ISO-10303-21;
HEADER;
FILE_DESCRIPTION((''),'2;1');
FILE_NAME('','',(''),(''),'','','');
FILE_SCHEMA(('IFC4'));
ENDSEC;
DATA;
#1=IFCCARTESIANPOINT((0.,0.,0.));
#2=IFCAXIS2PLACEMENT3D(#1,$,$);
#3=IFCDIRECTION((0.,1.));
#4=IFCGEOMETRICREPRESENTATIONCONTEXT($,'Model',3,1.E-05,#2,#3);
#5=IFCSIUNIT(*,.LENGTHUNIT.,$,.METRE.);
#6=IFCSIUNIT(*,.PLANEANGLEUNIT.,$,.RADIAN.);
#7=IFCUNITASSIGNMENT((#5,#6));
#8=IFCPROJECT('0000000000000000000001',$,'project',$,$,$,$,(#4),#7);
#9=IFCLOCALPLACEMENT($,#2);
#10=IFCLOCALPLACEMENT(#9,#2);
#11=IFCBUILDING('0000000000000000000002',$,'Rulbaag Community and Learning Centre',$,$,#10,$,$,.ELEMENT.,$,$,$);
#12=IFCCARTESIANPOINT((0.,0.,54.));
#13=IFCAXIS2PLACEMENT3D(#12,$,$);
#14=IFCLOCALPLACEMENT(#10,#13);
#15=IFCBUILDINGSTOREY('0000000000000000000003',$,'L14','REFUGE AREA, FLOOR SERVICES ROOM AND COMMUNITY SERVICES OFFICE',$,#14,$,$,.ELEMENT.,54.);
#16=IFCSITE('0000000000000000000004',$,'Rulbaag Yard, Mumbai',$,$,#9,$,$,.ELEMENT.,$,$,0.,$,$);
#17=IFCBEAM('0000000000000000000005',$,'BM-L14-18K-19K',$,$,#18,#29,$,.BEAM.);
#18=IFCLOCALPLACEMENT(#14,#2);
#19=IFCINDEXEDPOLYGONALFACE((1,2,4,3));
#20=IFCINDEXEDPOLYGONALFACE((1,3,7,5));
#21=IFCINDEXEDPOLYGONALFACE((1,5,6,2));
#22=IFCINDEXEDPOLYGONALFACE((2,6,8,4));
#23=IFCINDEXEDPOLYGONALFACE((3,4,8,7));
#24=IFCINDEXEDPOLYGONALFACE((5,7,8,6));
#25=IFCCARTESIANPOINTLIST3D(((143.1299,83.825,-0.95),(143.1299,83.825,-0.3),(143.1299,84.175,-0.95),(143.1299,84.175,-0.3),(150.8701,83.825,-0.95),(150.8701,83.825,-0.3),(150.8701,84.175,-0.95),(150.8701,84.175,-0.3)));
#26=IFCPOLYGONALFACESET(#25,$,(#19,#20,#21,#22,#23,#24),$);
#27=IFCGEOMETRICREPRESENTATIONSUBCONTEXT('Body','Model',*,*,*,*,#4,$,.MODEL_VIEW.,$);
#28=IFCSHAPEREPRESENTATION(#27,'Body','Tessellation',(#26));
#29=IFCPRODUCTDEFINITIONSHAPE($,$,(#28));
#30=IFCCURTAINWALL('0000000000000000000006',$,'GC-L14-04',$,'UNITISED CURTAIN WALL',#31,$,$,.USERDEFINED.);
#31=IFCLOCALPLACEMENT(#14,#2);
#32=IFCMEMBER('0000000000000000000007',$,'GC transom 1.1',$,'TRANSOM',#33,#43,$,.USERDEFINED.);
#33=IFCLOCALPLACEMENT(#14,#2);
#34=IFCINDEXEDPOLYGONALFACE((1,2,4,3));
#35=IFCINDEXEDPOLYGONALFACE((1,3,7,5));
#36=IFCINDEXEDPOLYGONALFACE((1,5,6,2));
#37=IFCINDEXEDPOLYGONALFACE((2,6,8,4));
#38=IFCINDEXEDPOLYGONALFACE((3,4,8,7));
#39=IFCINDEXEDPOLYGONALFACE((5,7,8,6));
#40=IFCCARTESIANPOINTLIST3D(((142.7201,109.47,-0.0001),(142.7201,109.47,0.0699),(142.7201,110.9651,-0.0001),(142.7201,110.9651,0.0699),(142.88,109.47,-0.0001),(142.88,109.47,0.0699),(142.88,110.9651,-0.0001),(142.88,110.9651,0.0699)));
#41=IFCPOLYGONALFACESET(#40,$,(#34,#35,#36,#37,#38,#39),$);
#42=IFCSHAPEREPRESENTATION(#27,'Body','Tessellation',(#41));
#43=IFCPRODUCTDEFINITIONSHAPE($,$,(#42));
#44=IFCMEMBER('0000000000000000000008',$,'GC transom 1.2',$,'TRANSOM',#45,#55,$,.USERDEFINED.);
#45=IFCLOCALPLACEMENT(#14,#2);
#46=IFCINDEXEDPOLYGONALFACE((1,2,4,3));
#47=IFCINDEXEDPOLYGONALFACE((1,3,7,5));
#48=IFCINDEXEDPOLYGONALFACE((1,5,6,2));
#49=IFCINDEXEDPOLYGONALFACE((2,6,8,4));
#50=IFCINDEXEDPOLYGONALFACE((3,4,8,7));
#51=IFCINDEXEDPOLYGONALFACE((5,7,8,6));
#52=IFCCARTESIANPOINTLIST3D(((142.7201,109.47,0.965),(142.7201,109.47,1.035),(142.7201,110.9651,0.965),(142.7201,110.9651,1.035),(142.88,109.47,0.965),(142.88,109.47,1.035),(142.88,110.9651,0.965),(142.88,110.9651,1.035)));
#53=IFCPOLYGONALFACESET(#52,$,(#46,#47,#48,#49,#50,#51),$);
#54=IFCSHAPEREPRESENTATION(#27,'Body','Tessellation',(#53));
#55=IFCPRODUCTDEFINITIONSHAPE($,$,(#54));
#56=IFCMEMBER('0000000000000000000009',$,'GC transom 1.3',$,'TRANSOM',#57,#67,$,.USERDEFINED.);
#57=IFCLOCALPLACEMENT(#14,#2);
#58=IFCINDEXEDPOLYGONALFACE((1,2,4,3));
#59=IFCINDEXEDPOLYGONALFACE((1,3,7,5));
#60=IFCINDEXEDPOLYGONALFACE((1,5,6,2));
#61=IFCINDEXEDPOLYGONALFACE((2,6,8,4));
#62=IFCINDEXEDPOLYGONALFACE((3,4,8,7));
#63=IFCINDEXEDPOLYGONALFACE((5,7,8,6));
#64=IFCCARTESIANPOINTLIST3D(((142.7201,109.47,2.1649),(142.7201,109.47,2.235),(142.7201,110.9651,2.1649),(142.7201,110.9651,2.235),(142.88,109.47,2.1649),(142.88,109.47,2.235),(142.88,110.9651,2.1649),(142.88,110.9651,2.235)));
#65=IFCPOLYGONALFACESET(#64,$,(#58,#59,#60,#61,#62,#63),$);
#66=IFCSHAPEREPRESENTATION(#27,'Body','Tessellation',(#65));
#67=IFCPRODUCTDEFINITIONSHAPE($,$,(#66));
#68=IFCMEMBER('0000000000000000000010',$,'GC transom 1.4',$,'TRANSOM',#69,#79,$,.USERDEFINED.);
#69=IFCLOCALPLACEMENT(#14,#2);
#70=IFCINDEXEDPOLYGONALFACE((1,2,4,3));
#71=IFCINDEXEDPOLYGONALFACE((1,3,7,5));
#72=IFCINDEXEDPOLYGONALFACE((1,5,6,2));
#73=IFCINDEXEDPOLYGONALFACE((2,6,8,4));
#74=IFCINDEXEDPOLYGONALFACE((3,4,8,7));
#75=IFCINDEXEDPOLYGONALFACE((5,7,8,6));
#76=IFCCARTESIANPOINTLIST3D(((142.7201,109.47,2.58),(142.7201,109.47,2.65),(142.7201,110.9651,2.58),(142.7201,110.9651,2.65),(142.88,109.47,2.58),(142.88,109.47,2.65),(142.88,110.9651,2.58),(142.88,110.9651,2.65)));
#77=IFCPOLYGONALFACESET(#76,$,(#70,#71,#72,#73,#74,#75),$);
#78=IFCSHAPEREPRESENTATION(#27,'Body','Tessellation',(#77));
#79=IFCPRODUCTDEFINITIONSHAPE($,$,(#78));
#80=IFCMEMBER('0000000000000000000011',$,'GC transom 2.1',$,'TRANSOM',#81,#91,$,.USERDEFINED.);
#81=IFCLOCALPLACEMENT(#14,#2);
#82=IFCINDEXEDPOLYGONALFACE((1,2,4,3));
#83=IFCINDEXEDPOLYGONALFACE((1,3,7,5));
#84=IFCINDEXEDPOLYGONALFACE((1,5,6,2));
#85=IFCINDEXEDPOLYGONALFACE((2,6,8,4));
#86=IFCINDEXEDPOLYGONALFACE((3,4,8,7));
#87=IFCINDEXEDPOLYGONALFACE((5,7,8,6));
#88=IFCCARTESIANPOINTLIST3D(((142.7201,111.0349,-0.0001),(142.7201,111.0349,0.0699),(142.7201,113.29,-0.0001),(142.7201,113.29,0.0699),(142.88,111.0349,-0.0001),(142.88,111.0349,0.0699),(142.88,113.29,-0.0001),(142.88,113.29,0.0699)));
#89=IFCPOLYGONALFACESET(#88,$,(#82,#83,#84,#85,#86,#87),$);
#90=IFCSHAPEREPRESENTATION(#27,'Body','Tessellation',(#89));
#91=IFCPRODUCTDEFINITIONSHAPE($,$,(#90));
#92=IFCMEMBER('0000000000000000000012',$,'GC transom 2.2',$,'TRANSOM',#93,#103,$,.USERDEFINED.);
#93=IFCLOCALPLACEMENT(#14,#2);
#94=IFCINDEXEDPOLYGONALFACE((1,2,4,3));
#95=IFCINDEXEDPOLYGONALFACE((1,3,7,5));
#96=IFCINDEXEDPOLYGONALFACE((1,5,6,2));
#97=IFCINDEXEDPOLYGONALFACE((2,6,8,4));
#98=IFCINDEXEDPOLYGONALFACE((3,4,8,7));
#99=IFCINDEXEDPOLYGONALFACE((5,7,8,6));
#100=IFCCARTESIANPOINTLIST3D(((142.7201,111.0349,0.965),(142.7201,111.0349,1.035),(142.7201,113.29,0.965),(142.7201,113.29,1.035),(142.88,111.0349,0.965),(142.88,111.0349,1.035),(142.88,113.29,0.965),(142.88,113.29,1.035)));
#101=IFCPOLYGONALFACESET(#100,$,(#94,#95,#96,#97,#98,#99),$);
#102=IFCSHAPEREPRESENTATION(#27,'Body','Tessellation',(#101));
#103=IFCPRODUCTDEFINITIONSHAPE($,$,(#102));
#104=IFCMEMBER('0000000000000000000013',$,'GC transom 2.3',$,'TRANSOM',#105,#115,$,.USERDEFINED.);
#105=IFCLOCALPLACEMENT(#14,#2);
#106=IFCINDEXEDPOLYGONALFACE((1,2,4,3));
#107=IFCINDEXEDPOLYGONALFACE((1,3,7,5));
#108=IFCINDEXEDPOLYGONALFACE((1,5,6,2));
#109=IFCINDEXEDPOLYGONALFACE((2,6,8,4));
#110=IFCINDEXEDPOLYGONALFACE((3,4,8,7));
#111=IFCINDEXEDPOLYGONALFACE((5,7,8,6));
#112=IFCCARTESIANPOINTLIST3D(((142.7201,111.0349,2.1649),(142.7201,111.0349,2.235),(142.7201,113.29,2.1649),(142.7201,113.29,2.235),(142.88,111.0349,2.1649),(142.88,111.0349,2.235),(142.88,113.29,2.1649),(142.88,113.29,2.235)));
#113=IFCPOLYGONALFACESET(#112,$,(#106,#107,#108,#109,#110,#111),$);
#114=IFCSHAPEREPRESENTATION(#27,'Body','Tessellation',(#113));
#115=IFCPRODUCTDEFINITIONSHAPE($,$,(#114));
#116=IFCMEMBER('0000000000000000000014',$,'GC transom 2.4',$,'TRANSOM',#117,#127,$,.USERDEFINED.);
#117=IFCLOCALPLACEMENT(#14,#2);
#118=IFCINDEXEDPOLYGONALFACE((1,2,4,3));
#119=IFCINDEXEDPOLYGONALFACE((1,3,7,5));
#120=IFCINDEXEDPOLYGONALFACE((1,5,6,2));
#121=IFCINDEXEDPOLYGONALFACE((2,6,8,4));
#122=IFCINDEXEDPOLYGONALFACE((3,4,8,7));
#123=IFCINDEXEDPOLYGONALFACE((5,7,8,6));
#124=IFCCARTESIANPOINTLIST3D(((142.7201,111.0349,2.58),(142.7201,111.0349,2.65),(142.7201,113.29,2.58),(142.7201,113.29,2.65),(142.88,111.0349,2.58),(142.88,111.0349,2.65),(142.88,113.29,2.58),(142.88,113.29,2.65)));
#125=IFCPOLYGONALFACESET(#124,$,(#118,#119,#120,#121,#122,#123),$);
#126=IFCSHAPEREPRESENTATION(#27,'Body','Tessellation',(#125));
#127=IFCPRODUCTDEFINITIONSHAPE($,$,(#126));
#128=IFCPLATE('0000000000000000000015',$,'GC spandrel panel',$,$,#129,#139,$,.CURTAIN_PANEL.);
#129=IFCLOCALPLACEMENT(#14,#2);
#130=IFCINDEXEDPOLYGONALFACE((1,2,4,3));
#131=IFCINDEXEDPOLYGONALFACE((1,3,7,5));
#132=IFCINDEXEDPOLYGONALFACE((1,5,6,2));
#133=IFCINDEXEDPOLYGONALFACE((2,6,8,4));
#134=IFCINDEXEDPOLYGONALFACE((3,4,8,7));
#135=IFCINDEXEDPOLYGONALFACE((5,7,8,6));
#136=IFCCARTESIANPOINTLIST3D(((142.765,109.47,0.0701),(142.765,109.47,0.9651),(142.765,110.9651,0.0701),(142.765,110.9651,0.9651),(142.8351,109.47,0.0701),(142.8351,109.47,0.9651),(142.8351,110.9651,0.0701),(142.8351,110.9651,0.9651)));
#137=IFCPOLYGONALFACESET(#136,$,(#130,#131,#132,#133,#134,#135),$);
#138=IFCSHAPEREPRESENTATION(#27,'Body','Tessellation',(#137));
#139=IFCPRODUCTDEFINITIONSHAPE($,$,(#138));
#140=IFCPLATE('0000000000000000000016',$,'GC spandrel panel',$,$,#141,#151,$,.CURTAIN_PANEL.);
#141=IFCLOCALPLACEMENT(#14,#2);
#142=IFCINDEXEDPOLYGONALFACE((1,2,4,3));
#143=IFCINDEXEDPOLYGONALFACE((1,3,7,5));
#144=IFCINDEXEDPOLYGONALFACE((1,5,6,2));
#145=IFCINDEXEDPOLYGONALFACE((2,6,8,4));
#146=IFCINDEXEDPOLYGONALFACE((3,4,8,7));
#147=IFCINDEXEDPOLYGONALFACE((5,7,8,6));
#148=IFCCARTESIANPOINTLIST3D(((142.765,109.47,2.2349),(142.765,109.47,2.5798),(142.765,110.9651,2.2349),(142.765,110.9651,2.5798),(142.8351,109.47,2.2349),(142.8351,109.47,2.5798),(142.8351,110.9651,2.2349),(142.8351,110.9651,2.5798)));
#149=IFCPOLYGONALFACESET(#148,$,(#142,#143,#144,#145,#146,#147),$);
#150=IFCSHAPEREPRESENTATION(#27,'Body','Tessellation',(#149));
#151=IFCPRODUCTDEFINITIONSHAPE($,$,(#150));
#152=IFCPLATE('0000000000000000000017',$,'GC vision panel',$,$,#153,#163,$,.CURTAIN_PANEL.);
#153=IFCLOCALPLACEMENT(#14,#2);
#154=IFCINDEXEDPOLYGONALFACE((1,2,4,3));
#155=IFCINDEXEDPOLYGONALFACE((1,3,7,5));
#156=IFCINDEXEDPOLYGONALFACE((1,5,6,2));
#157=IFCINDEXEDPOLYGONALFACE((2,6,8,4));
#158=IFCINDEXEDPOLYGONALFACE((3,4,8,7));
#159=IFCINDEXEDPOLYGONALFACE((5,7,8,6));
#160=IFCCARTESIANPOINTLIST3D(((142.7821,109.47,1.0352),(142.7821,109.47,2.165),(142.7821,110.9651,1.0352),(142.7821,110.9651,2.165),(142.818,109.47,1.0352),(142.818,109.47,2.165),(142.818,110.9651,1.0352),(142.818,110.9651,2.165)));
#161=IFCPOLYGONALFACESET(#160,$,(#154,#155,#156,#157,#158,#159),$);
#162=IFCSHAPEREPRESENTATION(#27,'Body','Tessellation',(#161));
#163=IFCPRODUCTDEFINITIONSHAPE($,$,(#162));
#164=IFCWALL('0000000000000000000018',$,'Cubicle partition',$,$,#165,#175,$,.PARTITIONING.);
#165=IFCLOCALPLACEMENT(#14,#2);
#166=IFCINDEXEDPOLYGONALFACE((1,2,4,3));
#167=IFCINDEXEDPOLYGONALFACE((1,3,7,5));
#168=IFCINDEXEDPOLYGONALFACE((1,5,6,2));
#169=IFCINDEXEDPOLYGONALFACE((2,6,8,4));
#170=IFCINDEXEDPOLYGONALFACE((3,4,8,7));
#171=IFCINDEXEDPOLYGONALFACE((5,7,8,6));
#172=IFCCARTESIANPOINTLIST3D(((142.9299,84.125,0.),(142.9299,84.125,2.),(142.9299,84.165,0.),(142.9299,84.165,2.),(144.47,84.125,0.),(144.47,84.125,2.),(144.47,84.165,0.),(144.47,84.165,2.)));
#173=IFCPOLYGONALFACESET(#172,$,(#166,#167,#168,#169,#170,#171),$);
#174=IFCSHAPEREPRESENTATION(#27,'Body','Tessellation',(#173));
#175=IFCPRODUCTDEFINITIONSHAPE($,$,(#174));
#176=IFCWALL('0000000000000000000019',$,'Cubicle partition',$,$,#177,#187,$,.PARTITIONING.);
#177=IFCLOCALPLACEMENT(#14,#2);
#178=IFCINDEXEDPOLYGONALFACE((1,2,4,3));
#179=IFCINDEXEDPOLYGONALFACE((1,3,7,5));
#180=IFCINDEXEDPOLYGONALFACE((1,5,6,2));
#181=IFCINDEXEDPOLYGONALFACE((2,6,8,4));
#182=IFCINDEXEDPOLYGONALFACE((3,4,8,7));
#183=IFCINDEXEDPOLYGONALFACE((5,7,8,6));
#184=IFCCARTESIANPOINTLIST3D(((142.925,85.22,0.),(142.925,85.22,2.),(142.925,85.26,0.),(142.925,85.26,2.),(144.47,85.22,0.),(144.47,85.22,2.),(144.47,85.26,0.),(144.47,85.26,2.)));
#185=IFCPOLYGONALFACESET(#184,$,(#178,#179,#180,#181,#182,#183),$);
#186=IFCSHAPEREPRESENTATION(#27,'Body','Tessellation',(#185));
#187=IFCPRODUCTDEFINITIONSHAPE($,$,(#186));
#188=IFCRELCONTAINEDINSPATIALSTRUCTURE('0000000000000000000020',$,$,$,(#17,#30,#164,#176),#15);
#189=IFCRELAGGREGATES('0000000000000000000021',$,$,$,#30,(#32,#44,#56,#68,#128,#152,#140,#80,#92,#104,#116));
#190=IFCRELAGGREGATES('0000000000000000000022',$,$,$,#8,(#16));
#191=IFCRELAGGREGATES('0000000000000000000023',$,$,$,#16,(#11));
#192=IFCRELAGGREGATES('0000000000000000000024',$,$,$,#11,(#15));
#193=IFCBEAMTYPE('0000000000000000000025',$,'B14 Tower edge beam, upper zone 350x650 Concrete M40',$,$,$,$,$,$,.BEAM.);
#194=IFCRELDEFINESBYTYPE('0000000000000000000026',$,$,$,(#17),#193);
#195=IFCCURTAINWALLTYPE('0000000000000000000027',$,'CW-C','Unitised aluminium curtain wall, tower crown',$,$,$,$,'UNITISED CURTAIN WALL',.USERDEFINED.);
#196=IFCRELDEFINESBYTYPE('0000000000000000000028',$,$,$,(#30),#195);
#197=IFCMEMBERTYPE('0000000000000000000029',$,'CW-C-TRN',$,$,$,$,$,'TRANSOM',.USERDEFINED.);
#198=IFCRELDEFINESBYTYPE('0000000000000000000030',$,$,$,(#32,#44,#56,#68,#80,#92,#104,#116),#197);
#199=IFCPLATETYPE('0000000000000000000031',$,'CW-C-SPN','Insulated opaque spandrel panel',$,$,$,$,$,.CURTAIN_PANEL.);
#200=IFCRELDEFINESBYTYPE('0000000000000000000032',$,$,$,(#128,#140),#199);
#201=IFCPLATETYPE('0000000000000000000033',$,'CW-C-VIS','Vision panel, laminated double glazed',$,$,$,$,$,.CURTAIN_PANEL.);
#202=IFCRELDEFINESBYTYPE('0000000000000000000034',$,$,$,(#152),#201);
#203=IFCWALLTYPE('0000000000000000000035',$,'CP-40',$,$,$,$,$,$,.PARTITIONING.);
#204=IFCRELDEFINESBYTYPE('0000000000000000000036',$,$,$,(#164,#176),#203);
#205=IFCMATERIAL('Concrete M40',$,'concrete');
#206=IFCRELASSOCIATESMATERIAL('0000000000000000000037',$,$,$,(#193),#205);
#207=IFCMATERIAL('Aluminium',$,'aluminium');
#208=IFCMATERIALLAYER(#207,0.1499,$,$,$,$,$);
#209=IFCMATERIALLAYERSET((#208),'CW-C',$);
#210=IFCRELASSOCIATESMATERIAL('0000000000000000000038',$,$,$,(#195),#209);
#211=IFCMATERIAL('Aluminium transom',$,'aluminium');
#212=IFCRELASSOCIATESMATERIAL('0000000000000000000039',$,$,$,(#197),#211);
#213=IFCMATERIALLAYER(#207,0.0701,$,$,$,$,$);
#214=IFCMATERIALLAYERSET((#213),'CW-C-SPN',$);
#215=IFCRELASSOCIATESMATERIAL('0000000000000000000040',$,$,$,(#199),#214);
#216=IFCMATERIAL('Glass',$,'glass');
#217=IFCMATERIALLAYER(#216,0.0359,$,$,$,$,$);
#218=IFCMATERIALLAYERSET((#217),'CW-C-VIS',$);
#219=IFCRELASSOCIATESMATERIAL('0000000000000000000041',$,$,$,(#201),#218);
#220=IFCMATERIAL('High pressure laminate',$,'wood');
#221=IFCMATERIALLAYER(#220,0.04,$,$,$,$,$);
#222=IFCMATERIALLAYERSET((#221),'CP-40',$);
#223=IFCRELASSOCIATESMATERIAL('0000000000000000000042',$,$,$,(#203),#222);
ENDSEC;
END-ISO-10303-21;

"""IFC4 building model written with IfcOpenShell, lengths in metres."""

from ifc_helpers import new_model, si_unit, direction, frame, frame_2d, origin, origin_2d, place, context, subcontext, project, spatial, rectangle, extrude, material, layer, layer_set, material_profile, profile_set, type_object, element, aggregate, save


model = new_model("IFC4")

# Units and contexts
model_context = context("Model", 3, precision=1e-05, world=origin(), true_north=direction((0.0, 1.0)))
body_context = subcontext(model_context, "Body", "Model", "MODEL_VIEW")
ifc_project = project(units=[si_unit("LENGTHUNIT", "METRE"), si_unit("PLANEANGLEUNIT", "RADIAN")], contexts=[model_context])

# Site, building, storey
site_placement = place(None, origin())
site = spatial("IfcSite", under=ifc_project, at=site_placement, Name="Rulbaag Yard, Mumbai", CompositionType="ELEMENT", RefElevation=0.0)
building_placement = place(site_placement, origin())
building = spatial("IfcBuilding", under=site, at=building_placement, Name="Rulbaag Community and Learning Centre", CompositionType="ELEMENT")
storey_placement = place(building_placement, frame((0.0, 0.0, 54.0)))
storey = spatial("IfcBuildingStorey", under=building, at=storey_placement, Name="L14", Description="REFUGE AREA, FLOOR SERVICES ROOM AND COMMUNITY SERVICES OFFICE", CompositionType="ELEMENT", Elevation=54.0)

# Beam
ifc_material_1 = material(Name="Concrete M40", Category="concrete")
ifc_material_profile_1 = material_profile(ifc_material_1, rectangle(XDim=0.3501, YDim=0.6499, at=origin_2d()), Name="RB350x650")
ifc_profile_set_1 = profile_set([ifc_material_profile_1], Name="Concrete M40")
beam_type = type_object("IfcBeamType", Name="B14 Tower edge beam, upper zone 350x650 Concrete M40", PredefinedType="BEAM", material=ifc_profile_set_1)
beam_placement = place(storey_placement, frame((143.1299, 84.0, -0.625), z_axis=(1.0, 0.0, 0.0), x_axis=(0.0, 1.0, 0.0)))
element("IfcBeam", 1, at=beam_placement, inside=storey, type_object=beam_type, Name="BM-L14-18K-19K", PredefinedType="BEAM", context=body_context, shape_type="SweptSolid", body=[
    extrude(rectangle(XDim=0.3501, YDim=0.6499, at=origin_2d()), origin(), (0.0, 0.0, 1.0), 7.7402),
])

# Curtain wall, members, plates
ifc_material_2 = material(Name="Aluminium", Category="aluminium")
ifc_layer_1 = layer(ifc_material_2, 0.1499)
ifc_layer_set_1 = layer_set([ifc_layer_1], Name="CW-C")
curtain_wall_type = type_object("IfcCurtainWallType", Name="CW-C", Description="Unitised aluminium curtain wall, tower crown", ElementType="UNITISED CURTAIN WALL", PredefinedType="USERDEFINED", material=ifc_layer_set_1)
curtain_wall_placement = place(storey_placement, origin())
curtain_wall = element("IfcCurtainWall", 2, at=curtain_wall_placement, inside=storey, type_object=curtain_wall_type, Name="GC-L14-04", ObjectType="UNITISED CURTAIN WALL", PredefinedType="USERDEFINED")
ifc_material_3 = material(Name="Aluminium transom", Category="aluminium")
ifc_material_profile_2 = material_profile(ifc_material_3, rectangle(XDim=0.1599, YDim=0.0701, at=origin_2d()), Name="AL 70x160 T")
ifc_profile_set_2 = profile_set([ifc_material_profile_2], Name="Aluminium transom")
member_type = type_object("IfcMemberType", Name="CW-C-TRN", ElementType="TRANSOM", PredefinedType="USERDEFINED", material=ifc_profile_set_2)
member_1_placement = place(storey_placement, frame((142.8, 109.47, 0.0349), z_axis=(0.0, 1.0, 0.0), x_axis=(-1.0, 0.0, 0.0)))
member_1 = element("IfcMember", 3, at=member_1_placement, type_object=member_type, Name="GC transom 1.1", ObjectType="TRANSOM", PredefinedType="USERDEFINED", context=body_context, shape_type="SweptSolid", body=[
    extrude(rectangle(XDim=0.1599, YDim=0.0701, at=origin_2d()), origin(), (0.0, 0.0, 1.0), 1.4951),
])
member_2_placement = place(storey_placement, frame((142.8, 109.47, 1.0), z_axis=(0.0, 1.0, 0.0), x_axis=(-1.0, 0.0, 0.0)))
member_2 = element("IfcMember", 4, at=member_2_placement, type_object=member_type, Name="GC transom 1.2", ObjectType="TRANSOM", PredefinedType="USERDEFINED", context=body_context, shape_type="SweptSolid", body=[
    extrude(rectangle(XDim=0.1599, YDim=0.0701, at=origin_2d()), origin(), (0.0, 0.0, 1.0), 1.4951),
])
member_3_placement = place(storey_placement, frame((142.8, 109.47, 2.2), z_axis=(0.0, 1.0, 0.0), x_axis=(-1.0, 0.0, 0.0)))
member_3 = element("IfcMember", 5, at=member_3_placement, type_object=member_type, Name="GC transom 1.3", ObjectType="TRANSOM", PredefinedType="USERDEFINED", context=body_context, shape_type="SweptSolid", body=[
    extrude(rectangle(XDim=0.1599, YDim=0.0701, at=origin_2d()), origin(), (0.0, 0.0, 1.0), 1.4951),
])
member_4_placement = place(storey_placement, frame((142.8, 109.47, 2.615), z_axis=(0.0, 1.0, 0.0), x_axis=(-1.0, 0.0, 0.0)))
member_4 = element("IfcMember", 6, at=member_4_placement, type_object=member_type, Name="GC transom 1.4", ObjectType="TRANSOM", PredefinedType="USERDEFINED", context=body_context, shape_type="SweptSolid", body=[
    extrude(rectangle(XDim=0.1599, YDim=0.0701, at=origin_2d()), origin(), (0.0, 0.0, 1.0), 1.4951),
])
member_5_placement = place(storey_placement, frame((142.8, 111.0349, 0.0349), z_axis=(0.0, 1.0, 0.0), x_axis=(-1.0, 0.0, 0.0)))
member_5 = element("IfcMember", 7, at=member_5_placement, type_object=member_type, Name="GC transom 2.1", ObjectType="TRANSOM", PredefinedType="USERDEFINED", context=body_context, shape_type="SweptSolid", body=[
    extrude(rectangle(XDim=0.1599, YDim=0.0701, at=origin_2d()), origin(), (0.0, 0.0, 1.0), 2.2551),
])
member_6_placement = place(storey_placement, frame((142.8, 111.0349, 1.0), z_axis=(0.0, 1.0, 0.0), x_axis=(-1.0, 0.0, 0.0)))
member_6 = element("IfcMember", 8, at=member_6_placement, type_object=member_type, Name="GC transom 2.2", ObjectType="TRANSOM", PredefinedType="USERDEFINED", context=body_context, shape_type="SweptSolid", body=[
    extrude(rectangle(XDim=0.1599, YDim=0.0701, at=origin_2d()), origin(), (0.0, 0.0, 1.0), 2.2551),
])
member_7_placement = place(storey_placement, frame((142.8, 111.0349, 2.2), z_axis=(0.0, 1.0, 0.0), x_axis=(-1.0, 0.0, 0.0)))
member_7 = element("IfcMember", 9, at=member_7_placement, type_object=member_type, Name="GC transom 2.3", ObjectType="TRANSOM", PredefinedType="USERDEFINED", context=body_context, shape_type="SweptSolid", body=[
    extrude(rectangle(XDim=0.1599, YDim=0.0701, at=origin_2d()), origin(), (0.0, 0.0, 1.0), 2.2551),
])
member_8_placement = place(storey_placement, frame((142.8, 111.0349, 2.615), z_axis=(0.0, 1.0, 0.0), x_axis=(-1.0, 0.0, 0.0)))
member_8 = element("IfcMember", 10, at=member_8_placement, type_object=member_type, Name="GC transom 2.4", ObjectType="TRANSOM", PredefinedType="USERDEFINED", context=body_context, shape_type="SweptSolid", body=[
    extrude(rectangle(XDim=0.1599, YDim=0.0701, at=origin_2d()), origin(), (0.0, 0.0, 1.0), 2.2551),
])
ifc_layer_2 = layer(ifc_material_2, 0.0701)
ifc_layer_set_2 = layer_set([ifc_layer_2], Name="CW-C-SPN")
plate_type_1 = type_object("IfcPlateType", Name="CW-C-SPN", Description="Insulated opaque spandrel panel", PredefinedType="CURTAIN_PANEL", material=ifc_layer_set_2)
plate_1_placement = place(storey_placement, frame((142.8, 110.2175, 0.0701), z_axis=(0.0, 0.0, 1.0), x_axis=(0.0, 1.0, 0.0)))
plate_1 = element("IfcPlate", 11, at=plate_1_placement, type_object=plate_type_1, Name="GC spandrel panel", PredefinedType="CURTAIN_PANEL", context=body_context, shape_type="SweptSolid", body=[
    extrude(rectangle(XDim=1.4951, YDim=0.0701, at=origin_2d()), origin(), (0.0, 0.0, 1.0), 0.895),
])
plate_2_placement = place(storey_placement, frame((142.8, 110.2175, 2.2349), z_axis=(0.0, 0.0, 1.0), x_axis=(0.0, 1.0, 0.0)))
plate_2 = element("IfcPlate", 12, at=plate_2_placement, type_object=plate_type_1, Name="GC spandrel panel", PredefinedType="CURTAIN_PANEL", context=body_context, shape_type="SweptSolid", body=[
    extrude(rectangle(XDim=1.4951, YDim=0.0701, at=origin_2d()), origin(), (0.0, 0.0, 1.0), 0.345),
])
ifc_material_4 = material(Name="Glass", Category="glass")
ifc_layer_3 = layer(ifc_material_4, 0.0359)
ifc_layer_set_3 = layer_set([ifc_layer_3], Name="CW-C-VIS")
plate_type_2 = type_object("IfcPlateType", Name="CW-C-VIS", Description="Vision panel, laminated double glazed", PredefinedType="CURTAIN_PANEL", material=ifc_layer_set_3)
plate_3_placement = place(storey_placement, frame((142.8, 110.2175, 1.0352), z_axis=(0.0, 0.0, 1.0), x_axis=(0.0, 1.0, 0.0)))
plate_3 = element("IfcPlate", 13, at=plate_3_placement, type_object=plate_type_2, Name="GC vision panel", PredefinedType="CURTAIN_PANEL", context=body_context, shape_type="SweptSolid", body=[
    extrude(rectangle(XDim=1.4951, YDim=0.0359, at=origin_2d()), origin(), (0.0, 0.0, 1.0), 1.1299),
])
aggregate(curtain_wall, [member_1, member_2, member_3, member_4, plate_1, plate_3, plate_2, member_5, member_6, member_7, member_8])

# Walls
ifc_material_5 = material(Name="High pressure laminate", Category="wood")
ifc_layer_4 = layer(ifc_material_5, 0.04)
ifc_layer_set_4 = layer_set([ifc_layer_4], Name="CP-40")
wall_type_1 = type_object("IfcWallType", Name="CP-40", PredefinedType="PARTITIONING", material=ifc_layer_set_4)
wall_1_placement = place(storey_placement, frame((142.9299, 84.145, 0.0), z_axis=(0.0, 0.0, 1.0), x_axis=(1.0, 0.0, 0.0)))
element("IfcWall", 14, at=wall_1_placement, inside=storey, type_object=wall_type_1, Name="Cubicle partition", PredefinedType="PARTITIONING", context=body_context, shape_type="SweptSolid", body=[
    extrude(rectangle(XDim=1.54, YDim=0.04, at=frame_2d((0.77, 0.0))), origin(), (0.0, 0.0, 1.0), 2.0),
])
wall_2_placement = place(storey_placement, frame((142.925, 85.24, 0.0), z_axis=(0.0, 0.0, 1.0), x_axis=(1.0, 0.0, 0.0)))
element("IfcWall", 15, at=wall_2_placement, inside=storey, type_object=wall_type_1, Name="Cubicle partition", PredefinedType="PARTITIONING", context=body_context, shape_type="SweptSolid", body=[
    extrude(rectangle(XDim=1.5449, YDim=0.04, at=frame_2d((0.7725, 0.0))), origin(), (0.0, 0.0, 1.0), 2.0),
])

save(model, "model.ifc")
